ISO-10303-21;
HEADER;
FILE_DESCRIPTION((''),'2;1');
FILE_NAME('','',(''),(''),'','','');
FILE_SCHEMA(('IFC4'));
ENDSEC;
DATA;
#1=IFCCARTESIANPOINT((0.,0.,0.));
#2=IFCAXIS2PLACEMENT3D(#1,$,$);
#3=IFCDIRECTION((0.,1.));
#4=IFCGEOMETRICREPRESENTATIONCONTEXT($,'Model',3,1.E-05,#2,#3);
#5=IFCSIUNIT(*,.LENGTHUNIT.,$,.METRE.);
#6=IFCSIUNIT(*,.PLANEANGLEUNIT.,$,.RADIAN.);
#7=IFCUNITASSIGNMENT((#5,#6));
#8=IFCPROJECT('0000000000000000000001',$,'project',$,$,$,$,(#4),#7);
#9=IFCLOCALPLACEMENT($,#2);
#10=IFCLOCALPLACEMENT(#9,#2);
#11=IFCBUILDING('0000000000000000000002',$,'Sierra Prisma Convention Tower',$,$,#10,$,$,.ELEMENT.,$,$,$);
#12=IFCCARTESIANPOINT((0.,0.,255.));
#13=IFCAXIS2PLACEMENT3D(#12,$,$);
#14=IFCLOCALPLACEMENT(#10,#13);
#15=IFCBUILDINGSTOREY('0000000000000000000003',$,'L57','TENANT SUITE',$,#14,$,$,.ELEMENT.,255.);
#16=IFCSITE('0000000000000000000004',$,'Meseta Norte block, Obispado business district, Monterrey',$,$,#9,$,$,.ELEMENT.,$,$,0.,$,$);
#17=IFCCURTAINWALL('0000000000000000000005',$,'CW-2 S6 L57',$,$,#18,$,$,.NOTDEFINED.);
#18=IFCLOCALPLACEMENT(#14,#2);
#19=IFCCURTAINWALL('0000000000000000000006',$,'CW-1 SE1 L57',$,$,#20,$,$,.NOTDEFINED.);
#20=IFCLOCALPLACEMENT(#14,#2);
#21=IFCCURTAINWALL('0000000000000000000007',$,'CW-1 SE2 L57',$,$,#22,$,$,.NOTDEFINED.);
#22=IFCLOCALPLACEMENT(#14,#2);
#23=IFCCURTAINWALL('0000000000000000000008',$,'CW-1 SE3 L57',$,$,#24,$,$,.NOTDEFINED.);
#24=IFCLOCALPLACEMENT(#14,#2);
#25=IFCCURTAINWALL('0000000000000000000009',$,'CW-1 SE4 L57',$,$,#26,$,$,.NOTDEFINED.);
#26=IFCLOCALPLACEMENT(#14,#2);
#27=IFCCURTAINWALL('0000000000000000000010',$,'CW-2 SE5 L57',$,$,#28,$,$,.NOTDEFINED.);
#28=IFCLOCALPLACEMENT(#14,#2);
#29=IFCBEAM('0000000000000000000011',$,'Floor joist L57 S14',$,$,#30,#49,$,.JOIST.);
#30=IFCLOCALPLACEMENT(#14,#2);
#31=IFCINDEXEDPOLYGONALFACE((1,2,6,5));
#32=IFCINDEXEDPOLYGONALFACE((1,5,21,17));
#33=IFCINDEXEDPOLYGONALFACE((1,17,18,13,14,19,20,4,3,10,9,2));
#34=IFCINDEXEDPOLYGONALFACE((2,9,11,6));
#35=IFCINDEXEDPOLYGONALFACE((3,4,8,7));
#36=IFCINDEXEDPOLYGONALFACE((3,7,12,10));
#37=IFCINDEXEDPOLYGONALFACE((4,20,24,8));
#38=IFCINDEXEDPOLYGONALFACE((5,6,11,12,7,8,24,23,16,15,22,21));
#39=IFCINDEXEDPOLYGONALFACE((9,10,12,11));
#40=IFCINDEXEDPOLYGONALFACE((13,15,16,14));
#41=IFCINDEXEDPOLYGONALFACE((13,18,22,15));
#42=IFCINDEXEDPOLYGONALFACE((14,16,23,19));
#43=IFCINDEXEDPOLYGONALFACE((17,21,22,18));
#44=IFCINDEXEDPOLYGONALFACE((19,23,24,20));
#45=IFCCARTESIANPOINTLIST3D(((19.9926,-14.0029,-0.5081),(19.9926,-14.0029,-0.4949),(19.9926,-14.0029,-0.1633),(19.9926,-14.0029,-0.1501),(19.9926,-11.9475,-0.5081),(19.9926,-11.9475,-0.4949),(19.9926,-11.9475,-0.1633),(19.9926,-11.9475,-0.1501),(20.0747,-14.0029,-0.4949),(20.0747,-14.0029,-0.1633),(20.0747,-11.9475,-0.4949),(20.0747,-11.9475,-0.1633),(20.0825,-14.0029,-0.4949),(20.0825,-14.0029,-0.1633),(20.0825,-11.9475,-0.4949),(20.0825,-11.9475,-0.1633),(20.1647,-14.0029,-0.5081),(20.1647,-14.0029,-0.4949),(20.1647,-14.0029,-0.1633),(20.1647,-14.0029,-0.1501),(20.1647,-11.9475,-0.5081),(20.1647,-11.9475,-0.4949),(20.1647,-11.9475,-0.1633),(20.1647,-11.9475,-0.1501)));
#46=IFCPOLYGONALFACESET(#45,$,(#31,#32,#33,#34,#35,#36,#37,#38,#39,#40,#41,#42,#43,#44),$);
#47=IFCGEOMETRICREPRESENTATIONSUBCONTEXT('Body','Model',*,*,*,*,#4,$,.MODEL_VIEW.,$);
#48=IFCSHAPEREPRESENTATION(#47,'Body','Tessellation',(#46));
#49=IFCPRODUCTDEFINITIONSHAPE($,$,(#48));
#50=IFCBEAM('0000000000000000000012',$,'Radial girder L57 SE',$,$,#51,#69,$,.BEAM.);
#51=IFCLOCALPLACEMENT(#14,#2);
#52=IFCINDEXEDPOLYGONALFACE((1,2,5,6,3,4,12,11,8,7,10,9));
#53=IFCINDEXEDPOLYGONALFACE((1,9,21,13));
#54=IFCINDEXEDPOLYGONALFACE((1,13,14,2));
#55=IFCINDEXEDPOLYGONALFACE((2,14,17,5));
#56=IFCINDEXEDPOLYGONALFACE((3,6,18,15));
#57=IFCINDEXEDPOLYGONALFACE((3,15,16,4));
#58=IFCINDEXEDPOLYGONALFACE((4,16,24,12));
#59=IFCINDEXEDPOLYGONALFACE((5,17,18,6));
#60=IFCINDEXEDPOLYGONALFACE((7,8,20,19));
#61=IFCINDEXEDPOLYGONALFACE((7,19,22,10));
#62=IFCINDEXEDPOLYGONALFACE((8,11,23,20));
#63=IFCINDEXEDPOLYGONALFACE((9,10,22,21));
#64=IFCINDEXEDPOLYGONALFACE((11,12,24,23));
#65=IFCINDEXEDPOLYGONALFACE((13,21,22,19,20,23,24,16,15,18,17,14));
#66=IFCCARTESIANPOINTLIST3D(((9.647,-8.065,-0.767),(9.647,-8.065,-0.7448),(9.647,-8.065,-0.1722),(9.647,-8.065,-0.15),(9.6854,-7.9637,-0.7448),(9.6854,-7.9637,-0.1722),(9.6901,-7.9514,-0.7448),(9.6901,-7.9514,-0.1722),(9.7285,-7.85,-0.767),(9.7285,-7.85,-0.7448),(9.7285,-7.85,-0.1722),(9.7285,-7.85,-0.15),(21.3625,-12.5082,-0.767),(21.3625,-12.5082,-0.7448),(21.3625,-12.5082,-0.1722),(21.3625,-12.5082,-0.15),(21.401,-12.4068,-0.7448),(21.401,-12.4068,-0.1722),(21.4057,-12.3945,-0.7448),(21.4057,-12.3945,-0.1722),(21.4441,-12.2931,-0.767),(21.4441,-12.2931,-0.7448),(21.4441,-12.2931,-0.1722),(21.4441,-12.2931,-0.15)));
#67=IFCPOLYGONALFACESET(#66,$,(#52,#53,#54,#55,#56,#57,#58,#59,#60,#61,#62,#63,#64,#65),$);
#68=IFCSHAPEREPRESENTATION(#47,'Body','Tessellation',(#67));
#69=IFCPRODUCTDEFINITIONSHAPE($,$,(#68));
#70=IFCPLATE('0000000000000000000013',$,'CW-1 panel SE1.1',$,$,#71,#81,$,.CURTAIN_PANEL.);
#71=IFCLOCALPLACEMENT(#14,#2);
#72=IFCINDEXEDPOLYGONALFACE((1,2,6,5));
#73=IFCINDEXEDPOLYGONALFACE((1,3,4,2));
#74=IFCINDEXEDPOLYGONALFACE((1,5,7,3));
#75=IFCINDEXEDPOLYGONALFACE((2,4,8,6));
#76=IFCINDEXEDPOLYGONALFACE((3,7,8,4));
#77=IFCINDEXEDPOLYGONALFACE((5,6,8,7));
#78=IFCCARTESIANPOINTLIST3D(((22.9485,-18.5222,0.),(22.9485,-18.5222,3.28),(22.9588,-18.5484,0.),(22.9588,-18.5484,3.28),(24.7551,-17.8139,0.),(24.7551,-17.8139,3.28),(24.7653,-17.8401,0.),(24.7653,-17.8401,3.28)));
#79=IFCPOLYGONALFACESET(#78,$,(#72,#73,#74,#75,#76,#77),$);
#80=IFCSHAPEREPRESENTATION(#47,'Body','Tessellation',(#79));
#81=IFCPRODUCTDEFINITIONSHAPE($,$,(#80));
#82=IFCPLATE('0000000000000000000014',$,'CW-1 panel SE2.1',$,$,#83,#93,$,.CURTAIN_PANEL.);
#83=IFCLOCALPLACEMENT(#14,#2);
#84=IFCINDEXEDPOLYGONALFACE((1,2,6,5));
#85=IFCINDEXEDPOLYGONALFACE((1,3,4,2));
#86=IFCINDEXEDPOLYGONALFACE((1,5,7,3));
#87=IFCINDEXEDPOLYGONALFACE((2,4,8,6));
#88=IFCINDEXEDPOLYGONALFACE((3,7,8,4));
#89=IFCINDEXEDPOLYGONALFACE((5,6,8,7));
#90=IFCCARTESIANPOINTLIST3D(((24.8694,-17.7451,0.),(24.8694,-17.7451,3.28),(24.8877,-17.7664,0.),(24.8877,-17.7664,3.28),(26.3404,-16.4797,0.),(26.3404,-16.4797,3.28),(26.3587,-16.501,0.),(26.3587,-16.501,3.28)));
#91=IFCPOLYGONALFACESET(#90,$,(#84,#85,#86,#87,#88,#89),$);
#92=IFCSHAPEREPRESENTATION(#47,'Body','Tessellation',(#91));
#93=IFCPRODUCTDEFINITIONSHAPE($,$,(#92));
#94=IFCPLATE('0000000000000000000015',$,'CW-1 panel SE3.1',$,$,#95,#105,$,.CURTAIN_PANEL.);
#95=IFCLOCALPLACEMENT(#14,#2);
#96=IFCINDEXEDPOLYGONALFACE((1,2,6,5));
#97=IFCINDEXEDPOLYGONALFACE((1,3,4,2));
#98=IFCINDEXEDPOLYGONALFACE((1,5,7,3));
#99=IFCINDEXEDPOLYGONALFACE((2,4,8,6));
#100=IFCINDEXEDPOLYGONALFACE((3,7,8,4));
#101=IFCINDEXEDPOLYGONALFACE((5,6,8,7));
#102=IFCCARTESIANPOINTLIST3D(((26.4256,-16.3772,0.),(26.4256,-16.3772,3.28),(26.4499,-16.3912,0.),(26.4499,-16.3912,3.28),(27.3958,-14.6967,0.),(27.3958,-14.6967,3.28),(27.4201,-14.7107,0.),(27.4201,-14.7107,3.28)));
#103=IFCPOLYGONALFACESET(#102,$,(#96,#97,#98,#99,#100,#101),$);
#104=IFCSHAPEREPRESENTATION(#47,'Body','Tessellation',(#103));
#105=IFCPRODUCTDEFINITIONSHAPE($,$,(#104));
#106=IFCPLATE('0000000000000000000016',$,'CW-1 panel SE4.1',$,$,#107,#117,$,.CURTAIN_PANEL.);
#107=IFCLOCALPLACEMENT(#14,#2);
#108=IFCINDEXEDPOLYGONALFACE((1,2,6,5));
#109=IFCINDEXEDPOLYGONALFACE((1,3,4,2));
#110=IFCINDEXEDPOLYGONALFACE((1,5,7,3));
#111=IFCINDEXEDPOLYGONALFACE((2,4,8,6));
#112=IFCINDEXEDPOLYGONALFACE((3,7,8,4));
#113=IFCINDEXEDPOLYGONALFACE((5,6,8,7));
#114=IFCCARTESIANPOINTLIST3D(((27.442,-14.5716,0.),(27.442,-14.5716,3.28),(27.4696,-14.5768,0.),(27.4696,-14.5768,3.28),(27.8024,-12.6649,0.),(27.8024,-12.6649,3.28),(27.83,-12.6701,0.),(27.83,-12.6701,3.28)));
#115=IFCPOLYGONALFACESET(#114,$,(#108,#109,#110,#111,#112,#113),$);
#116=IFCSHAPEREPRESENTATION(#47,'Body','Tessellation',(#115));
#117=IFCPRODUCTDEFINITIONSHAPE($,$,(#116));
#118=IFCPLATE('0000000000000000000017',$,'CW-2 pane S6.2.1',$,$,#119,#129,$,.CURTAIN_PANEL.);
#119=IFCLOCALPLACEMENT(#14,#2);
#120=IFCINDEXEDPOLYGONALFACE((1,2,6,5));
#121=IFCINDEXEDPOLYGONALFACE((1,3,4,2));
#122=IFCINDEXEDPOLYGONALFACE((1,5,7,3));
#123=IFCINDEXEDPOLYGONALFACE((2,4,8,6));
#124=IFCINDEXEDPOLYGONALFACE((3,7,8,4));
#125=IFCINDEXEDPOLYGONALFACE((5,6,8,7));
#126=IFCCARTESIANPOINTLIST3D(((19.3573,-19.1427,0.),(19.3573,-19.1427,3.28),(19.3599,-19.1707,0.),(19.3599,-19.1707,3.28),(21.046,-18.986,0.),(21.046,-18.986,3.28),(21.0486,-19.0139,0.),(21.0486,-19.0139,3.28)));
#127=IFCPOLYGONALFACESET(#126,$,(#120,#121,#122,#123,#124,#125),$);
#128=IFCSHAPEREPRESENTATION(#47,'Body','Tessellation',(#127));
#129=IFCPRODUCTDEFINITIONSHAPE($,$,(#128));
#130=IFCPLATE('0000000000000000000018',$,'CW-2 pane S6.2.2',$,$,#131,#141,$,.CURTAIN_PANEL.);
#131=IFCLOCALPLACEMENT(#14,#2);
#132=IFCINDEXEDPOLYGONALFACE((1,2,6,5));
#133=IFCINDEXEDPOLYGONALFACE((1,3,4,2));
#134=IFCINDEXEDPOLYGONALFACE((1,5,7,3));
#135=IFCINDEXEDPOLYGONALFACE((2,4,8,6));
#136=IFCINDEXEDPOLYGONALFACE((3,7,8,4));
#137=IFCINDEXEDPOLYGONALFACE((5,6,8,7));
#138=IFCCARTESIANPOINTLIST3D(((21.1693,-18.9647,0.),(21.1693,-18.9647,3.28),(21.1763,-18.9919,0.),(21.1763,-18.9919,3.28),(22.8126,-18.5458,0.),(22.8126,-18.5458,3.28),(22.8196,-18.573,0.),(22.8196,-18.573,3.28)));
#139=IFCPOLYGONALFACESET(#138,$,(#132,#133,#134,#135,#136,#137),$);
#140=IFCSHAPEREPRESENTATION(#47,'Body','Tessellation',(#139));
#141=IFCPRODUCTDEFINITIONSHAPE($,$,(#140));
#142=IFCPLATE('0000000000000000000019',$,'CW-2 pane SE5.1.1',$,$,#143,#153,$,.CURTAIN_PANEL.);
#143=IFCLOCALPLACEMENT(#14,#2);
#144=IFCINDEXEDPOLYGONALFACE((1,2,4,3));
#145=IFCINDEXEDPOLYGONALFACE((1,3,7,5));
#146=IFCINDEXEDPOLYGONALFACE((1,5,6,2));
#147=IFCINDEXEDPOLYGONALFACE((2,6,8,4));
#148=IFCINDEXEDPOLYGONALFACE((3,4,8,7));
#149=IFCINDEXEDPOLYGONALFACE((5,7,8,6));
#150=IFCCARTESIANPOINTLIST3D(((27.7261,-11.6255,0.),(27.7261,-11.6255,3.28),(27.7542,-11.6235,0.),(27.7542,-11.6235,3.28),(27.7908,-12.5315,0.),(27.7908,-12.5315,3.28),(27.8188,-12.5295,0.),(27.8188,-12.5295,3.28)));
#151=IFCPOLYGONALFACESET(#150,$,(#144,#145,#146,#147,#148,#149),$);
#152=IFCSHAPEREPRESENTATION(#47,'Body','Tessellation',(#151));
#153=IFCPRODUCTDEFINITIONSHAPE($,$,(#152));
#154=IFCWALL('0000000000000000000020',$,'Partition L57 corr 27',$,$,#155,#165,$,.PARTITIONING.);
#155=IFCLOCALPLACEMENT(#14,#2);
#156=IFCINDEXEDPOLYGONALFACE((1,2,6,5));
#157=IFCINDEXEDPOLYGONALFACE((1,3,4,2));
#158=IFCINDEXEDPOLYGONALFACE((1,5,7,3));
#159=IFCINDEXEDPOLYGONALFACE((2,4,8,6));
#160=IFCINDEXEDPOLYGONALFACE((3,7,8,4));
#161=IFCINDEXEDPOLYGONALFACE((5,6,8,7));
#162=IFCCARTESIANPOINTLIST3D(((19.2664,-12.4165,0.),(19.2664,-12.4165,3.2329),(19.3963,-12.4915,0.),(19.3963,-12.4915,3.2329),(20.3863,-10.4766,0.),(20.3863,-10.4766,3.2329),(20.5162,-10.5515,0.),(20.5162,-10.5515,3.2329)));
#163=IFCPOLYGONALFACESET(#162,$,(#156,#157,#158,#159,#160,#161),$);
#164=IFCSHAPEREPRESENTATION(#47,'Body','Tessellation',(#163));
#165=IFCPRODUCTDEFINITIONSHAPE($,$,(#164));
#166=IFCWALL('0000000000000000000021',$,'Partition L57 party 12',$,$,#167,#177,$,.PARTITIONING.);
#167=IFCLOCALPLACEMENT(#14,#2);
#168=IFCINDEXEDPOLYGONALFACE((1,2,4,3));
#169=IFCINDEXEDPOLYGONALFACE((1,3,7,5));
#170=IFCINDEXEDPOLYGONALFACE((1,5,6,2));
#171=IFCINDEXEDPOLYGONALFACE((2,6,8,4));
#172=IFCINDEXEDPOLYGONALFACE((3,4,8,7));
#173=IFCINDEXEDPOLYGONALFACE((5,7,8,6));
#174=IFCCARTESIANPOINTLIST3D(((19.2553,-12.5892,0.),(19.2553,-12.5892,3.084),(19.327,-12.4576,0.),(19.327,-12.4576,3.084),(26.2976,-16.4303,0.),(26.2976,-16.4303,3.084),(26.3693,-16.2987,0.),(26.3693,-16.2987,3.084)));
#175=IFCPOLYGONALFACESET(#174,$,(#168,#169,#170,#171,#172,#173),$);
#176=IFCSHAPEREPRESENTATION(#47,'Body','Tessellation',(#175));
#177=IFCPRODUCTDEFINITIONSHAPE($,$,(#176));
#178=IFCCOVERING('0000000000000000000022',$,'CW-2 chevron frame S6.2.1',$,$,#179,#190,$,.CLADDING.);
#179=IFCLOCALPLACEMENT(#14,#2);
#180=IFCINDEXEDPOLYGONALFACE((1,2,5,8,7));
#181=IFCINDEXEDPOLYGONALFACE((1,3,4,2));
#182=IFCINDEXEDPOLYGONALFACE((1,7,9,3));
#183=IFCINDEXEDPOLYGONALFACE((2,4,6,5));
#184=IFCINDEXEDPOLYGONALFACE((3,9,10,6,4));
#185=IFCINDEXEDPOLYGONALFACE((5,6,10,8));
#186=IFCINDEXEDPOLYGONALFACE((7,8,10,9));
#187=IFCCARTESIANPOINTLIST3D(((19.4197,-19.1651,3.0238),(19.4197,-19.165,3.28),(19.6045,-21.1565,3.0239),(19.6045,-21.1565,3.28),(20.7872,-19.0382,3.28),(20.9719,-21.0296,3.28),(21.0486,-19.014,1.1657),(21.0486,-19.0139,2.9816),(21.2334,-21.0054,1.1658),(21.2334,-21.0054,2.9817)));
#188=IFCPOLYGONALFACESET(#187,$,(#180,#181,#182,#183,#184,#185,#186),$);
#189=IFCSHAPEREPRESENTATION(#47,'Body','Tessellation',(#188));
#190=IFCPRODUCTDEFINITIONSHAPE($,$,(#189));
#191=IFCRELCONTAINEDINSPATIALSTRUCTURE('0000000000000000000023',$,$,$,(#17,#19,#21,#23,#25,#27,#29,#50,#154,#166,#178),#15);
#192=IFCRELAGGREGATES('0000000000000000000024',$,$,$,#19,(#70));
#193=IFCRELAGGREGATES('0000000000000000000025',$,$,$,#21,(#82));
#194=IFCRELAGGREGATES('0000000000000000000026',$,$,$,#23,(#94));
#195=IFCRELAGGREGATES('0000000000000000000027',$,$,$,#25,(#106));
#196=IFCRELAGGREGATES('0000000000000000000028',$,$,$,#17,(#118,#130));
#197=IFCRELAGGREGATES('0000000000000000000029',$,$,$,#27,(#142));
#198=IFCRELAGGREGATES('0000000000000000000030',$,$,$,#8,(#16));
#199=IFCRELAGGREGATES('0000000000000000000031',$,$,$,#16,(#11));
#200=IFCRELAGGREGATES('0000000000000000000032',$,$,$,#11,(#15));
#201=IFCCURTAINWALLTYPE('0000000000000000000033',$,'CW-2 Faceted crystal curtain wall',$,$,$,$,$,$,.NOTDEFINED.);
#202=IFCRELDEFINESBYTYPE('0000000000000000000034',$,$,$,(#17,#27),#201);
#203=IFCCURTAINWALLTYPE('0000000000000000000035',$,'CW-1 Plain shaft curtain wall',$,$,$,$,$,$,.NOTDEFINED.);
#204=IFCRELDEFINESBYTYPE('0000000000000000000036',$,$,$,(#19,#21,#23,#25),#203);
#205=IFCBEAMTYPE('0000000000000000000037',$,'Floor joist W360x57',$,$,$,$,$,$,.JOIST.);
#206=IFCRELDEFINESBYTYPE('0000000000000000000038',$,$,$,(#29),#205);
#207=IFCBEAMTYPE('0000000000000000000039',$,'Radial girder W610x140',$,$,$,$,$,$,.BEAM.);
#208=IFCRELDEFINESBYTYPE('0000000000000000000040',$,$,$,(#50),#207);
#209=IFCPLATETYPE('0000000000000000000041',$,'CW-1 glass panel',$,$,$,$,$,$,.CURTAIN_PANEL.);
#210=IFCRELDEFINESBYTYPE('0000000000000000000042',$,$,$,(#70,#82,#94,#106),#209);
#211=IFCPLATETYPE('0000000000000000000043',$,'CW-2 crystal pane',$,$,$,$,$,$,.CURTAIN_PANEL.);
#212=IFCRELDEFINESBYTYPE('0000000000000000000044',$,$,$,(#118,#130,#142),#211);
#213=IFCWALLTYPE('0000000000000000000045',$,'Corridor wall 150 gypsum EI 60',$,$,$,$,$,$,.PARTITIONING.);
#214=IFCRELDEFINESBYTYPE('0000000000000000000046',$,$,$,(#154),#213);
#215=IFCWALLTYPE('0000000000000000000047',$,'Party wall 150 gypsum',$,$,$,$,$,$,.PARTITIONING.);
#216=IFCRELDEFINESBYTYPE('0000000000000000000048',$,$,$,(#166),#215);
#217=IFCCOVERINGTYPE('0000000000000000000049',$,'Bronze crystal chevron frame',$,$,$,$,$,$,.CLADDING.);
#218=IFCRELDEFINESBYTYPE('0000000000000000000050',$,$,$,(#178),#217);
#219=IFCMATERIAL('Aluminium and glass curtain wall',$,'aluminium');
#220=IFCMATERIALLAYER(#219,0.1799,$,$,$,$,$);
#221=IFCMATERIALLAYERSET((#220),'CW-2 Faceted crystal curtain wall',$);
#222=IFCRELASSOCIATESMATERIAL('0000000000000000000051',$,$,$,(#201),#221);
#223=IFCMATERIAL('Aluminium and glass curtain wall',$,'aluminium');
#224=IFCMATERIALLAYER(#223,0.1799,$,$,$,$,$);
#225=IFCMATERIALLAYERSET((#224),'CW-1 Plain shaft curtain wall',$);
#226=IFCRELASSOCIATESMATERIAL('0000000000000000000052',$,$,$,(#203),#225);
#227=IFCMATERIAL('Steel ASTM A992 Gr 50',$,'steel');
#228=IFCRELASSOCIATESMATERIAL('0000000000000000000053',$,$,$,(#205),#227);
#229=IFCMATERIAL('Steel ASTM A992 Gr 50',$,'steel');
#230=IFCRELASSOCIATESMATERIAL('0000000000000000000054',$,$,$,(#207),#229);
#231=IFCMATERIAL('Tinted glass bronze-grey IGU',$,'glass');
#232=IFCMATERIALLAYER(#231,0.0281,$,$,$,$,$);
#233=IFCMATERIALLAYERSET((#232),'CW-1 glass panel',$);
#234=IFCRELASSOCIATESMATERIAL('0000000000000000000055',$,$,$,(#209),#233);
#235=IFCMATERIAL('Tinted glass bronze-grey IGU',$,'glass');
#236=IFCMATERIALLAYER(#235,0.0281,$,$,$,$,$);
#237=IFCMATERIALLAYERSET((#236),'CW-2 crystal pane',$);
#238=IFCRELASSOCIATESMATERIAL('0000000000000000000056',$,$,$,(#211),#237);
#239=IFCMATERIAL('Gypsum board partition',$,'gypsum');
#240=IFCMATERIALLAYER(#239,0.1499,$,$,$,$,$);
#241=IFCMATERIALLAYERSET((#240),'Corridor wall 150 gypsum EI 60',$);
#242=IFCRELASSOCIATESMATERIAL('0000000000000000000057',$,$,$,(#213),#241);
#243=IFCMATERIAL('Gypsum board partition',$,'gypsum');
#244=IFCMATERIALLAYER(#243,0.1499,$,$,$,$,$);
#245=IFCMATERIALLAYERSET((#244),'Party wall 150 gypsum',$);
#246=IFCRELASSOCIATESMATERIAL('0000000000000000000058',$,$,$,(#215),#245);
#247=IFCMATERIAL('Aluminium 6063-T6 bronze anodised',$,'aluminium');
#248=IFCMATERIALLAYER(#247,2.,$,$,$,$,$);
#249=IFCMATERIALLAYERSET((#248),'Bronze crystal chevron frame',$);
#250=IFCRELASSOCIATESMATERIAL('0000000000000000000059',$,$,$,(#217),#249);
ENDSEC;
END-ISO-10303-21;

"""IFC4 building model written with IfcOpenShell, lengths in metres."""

from ifc_helpers import new_model, si_unit, direction, frame, frame_2d, origin, origin_2d, place, context, subcontext, project, spatial, polyline, rectangle, i_section, outline, extrude, material, layer, layer_set, material_profile, profile_set, type_object, element, aggregate, save


model = new_model("IFC4")

# Units and contexts
model_context = context("Model", 3, precision=1e-05, world=origin(), true_north=direction((0.0, 1.0)))
body_context = subcontext(model_context, "Body", "Model", "MODEL_VIEW")
ifc_project = project(units=[si_unit("LENGTHUNIT", "METRE"), si_unit("PLANEANGLEUNIT", "RADIAN")], contexts=[model_context])

# Site, building, storey
site_placement = place(None, origin())
site = spatial("IfcSite", under=ifc_project, at=site_placement, Name="Meseta Norte block, Obispado business district, Monterrey", CompositionType="ELEMENT", RefElevation=0.0)
building_placement = place(site_placement, origin())
building = spatial("IfcBuilding", under=site, at=building_placement, Name="Sierra Prisma Convention Tower", CompositionType="ELEMENT")
storey_placement = place(building_placement, frame((0.0, 0.0, 255.0)))
storey = spatial("IfcBuildingStorey", under=building, at=storey_placement, Name="L57", Description="TENANT SUITE", CompositionType="ELEMENT", Elevation=255.0)

# Curtain wall
ifc_material_1 = material(Name="Aluminium and glass curtain wall", Category="aluminium")
ifc_layer_1 = layer(ifc_material_1, 0.1799)
ifc_layer_set_1 = layer_set([ifc_layer_1], Name="CW-2 Faceted crystal curtain wall")
curtain_wall_type_1 = type_object("IfcCurtainWallType", Name="CW-2 Faceted crystal curtain wall", PredefinedType="NOTDEFINED", material=ifc_layer_set_1)
curtain_wall_1_placement = place(storey_placement, origin())
curtain_wall_1 = element("IfcCurtainWall", 1, at=curtain_wall_1_placement, inside=storey, type_object=curtain_wall_type_1, Name="CW-2 S6 L57", PredefinedType="NOTDEFINED")

# Curtain walls
ifc_material_2 = material(Name="Aluminium and glass curtain wall", Category="aluminium")
ifc_layer_2 = layer(ifc_material_2, 0.1799)
ifc_layer_set_2 = layer_set([ifc_layer_2], Name="CW-1 Plain shaft curtain wall")
curtain_wall_type_2 = type_object("IfcCurtainWallType", Name="CW-1 Plain shaft curtain wall", PredefinedType="NOTDEFINED", material=ifc_layer_set_2)
curtain_wall_2_placement = place(storey_placement, origin())
curtain_wall_2 = element("IfcCurtainWall", 2, at=curtain_wall_2_placement, inside=storey, type_object=curtain_wall_type_2, Name="CW-1 SE1 L57", PredefinedType="NOTDEFINED")
curtain_wall_3_placement = place(storey_placement, origin())
curtain_wall_3 = element("IfcCurtainWall", 3, at=curtain_wall_3_placement, inside=storey, type_object=curtain_wall_type_2, Name="CW-1 SE2 L57", PredefinedType="NOTDEFINED")
curtain_wall_4_placement = place(storey_placement, origin())
curtain_wall_4 = element("IfcCurtainWall", 4, at=curtain_wall_4_placement, inside=storey, type_object=curtain_wall_type_2, Name="CW-1 SE3 L57", PredefinedType="NOTDEFINED")
curtain_wall_5_placement = place(storey_placement, origin())
curtain_wall_5 = element("IfcCurtainWall", 5, at=curtain_wall_5_placement, inside=storey, type_object=curtain_wall_type_2, Name="CW-1 SE4 L57", PredefinedType="NOTDEFINED")
curtain_wall_6_placement = place(storey_placement, origin())
curtain_wall_6 = element("IfcCurtainWall", 6, at=curtain_wall_6_placement, inside=storey, type_object=curtain_wall_type_1, Name="CW-2 SE5 L57", PredefinedType="NOTDEFINED")

# Beams
ifc_material_3 = material(Name="Steel ASTM A992 Gr 50", Category="steel")
ifc_material_profile_1 = material_profile(ifc_material_3, i_section(OverallWidth=0.1721, OverallDepth=0.3579, WebThickness=0.0078, FlangeThickness=0.0132, at=origin_2d()), Name="W360x57")
ifc_profile_set_1 = profile_set([ifc_material_profile_1], Name="Steel ASTM A992 Gr 50")
beam_type_1 = type_object("IfcBeamType", Name="Floor joist W360x57", PredefinedType="JOIST", material=ifc_profile_set_1)
beam_1_placement = place(storey_placement, frame((20.0786, -14.0029, -0.3291), z_axis=(0.0, 1.0, 0.0), x_axis=(-1.0, 0.0, 0.0)))
element("IfcBeam", 7, at=beam_1_placement, inside=storey, type_object=beam_type_1, Name="Floor joist L57 S14", PredefinedType="JOIST", context=body_context, shape_type="SweptSolid", body=[
    extrude(i_section(OverallWidth=0.1721, OverallDepth=0.3579, WebThickness=0.0078, FlangeThickness=0.0132, at=origin_2d()), origin(), (0.0, 0.0, 1.0), 2.0554),
])
ifc_material_4 = material(Name="Steel ASTM A992 Gr 50", Category="steel")
ifc_material_profile_2 = material_profile(ifc_material_4, i_section(OverallWidth=0.23, OverallDepth=0.6169, WebThickness=0.0132, FlangeThickness=0.0222, at=origin_2d()), Name="W610x140")
ifc_profile_set_2 = profile_set([ifc_material_profile_2], Name="Steel ASTM A992 Gr 50")
beam_type_2 = type_object("IfcBeamType", Name="Radial girder W610x140", PredefinedType="BEAM", material=ifc_profile_set_2)
beam_2_placement = place(storey_placement, frame((21.4033, -12.4006, -0.4585), z_axis=(-0.935017, 0.354604, 0.0), x_axis=(-0.354604, -0.935017, 0.0)))
element("IfcBeam", 8, at=beam_2_placement, inside=storey, type_object=beam_type_2, Name="Radial girder L57 SE", PredefinedType="BEAM", context=body_context, shape_type="SweptSolid", body=[
    extrude(i_section(OverallWidth=0.23, OverallDepth=0.6169, WebThickness=0.0132, FlangeThickness=0.0222, at=origin_2d()), origin(), (0.0, 0.0, 1.0), 12.5298),
])

# Plates
ifc_material_5 = material(Name="Tinted glass bronze-grey IGU", Category="glass")
ifc_layer_3 = layer(ifc_material_5, 0.0281)
ifc_layer_set_3 = layer_set([ifc_layer_3], Name="CW-1 glass panel")
plate_type_1 = type_object("IfcPlateType", Name="CW-1 glass panel", PredefinedType="CURTAIN_PANEL", material=ifc_layer_set_3)
plate_1_placement = place(storey_placement, frame((23.8569, -18.1812, 0.0), z_axis=(0.0, 0.0, 1.0), x_axis=(0.930996, 0.36503, 0.0)))
plate_1 = element("IfcPlate", 9, at=plate_1_placement, type_object=plate_type_1, Name="CW-1 panel SE1.1", PredefinedType="CURTAIN_PANEL", context=body_context, shape_type="SweptSolid", body=[
    extrude(rectangle(XDim=1.9404, YDim=0.0281, at=origin_2d()), origin(), (0.0, 0.0, 1.0), 3.28),
])
aggregate(curtain_wall_2, [plate_1])
plate_2_placement = place(storey_placement, frame((25.614, -17.123, 0.0), z_axis=(0.0, 0.0, 1.0), x_axis=(0.758081, 0.652161, 0.0)))
plate_2 = element("IfcPlate", 10, at=plate_2_placement, type_object=plate_type_1, Name="CW-1 panel SE2.1", PredefinedType="CURTAIN_PANEL", context=body_context, shape_type="SweptSolid", body=[
    extrude(rectangle(XDim=1.9404, YDim=0.0281, at=origin_2d()), origin(), (0.0, 0.0, 1.0), 3.28),
])
aggregate(curtain_wall_3, [plate_2])
plate_3_placement = place(storey_placement, frame((26.9229, -15.5439, 0.0), z_axis=(0.0, 0.0, 1.0), x_axis=(0.5, 0.866025, 0.0)))
plate_3 = element("IfcPlate", 11, at=plate_3_placement, type_object=plate_type_1, Name="CW-1 panel SE3.1", PredefinedType="CURTAIN_PANEL", context=body_context, shape_type="SweptSolid", body=[
    extrude(rectangle(XDim=1.9404, YDim=0.0281, at=origin_2d()), origin(), (0.0, 0.0, 1.0), 3.28),
])
aggregate(curtain_wall_4, [plate_3])
plate_4_placement = place(storey_placement, frame((27.636, -13.6208, 0.0), z_axis=(0.0, 0.0, 1.0), x_axis=(0.185747, 0.982598, 0.0)))
plate_4 = element("IfcPlate", 12, at=plate_4_placement, type_object=plate_type_1, Name="CW-1 panel SE4.1", PredefinedType="CURTAIN_PANEL", context=body_context, shape_type="SweptSolid", body=[
    extrude(rectangle(XDim=1.9404, YDim=0.0281, at=origin_2d()), origin(), (0.0, 0.0, 1.0), 3.28),
])
aggregate(curtain_wall_5, [plate_4])
ifc_material_6 = material(Name="Tinted glass bronze-grey IGU", Category="glass")
ifc_layer_4 = layer(ifc_material_6, 0.0281)
ifc_layer_set_4 = layer_set([ifc_layer_4], Name="CW-2 crystal pane")
plate_type_2 = type_object("IfcPlateType", Name="CW-2 crystal pane", PredefinedType="CURTAIN_PANEL", material=ifc_layer_set_4)
plate_5_placement = place(storey_placement, frame((19.3599, -19.1707, 0.0), z_axis=(0.092418, -0.99572, 0.0), x_axis=(0.99572, 0.092418, 0.0)))
plate_5 = element("IfcPlate", 13, at=plate_5_placement, type_object=plate_type_2, Name="CW-2 pane S6.2.1", PredefinedType="CURTAIN_PANEL", context=body_context, shape_type="SweptSolid", body=[
    extrude(outline(polyline([(0.0, 0.0), (1.696, 0.0), (1.696, 3.28), (0.0, 3.28), (0.0, 0.0)])), origin(), (0.0, 0.0, -1.0), 0.0281),
])
plate_6_placement = place(storey_placement, frame((22.8196, -18.573, 0.0), z_axis=(0.247038, -0.969006, 0.0), x_axis=(-0.969006, -0.247038, 0.0)))
plate_6 = element("IfcPlate", 14, at=plate_6_placement, type_object=plate_type_2, Name="CW-2 pane S6.2.2", PredefinedType="CURTAIN_PANEL", context=body_context, shape_type="SweptSolid", body=[
    extrude(outline(polyline([(0.0, 0.0), (1.6959, 0.0), (1.6959, -3.28), (0.0, -3.28), (0.0, 0.0)])), origin(), (0.0, 0.0, -1.0), 0.0281),
])
aggregate(curtain_wall_1, [plate_5, plate_6])
plate_7_placement = place(storey_placement, frame((27.8188, -12.5295, 0.0), z_axis=(0.99746, 0.071228, 0.0), x_axis=(-0.071228, 0.99746, 0.0)))
plate_7 = element("IfcPlate", 15, at=plate_7_placement, type_object=plate_type_2, Name="CW-2 pane SE5.1.1", PredefinedType="CURTAIN_PANEL", context=body_context, shape_type="SweptSolid", body=[
    extrude(outline(polyline([(0.0, 0.0), (0.9083, 0.0), (0.9083, 3.28), (0.0, 3.28), (0.0, 0.0)])), origin(), (0.0, 0.0, -1.0), 0.0281),
])
aggregate(curtain_wall_6, [plate_7])

# Walls
ifc_material_7 = material(Name="Gypsum board partition", Category="gypsum")
ifc_layer_5 = layer(ifc_material_7, 0.1499)
ifc_layer_set_5 = layer_set([ifc_layer_5], Name="Corridor wall 150 gypsum EI 60")
wall_type_1 = type_object("IfcWallType", Name="Corridor wall 150 gypsum EI 60", PredefinedType="PARTITIONING", material=ifc_layer_set_5)
wall_1_placement = place(storey_placement, frame((19.3313, -12.4541, 0.0), z_axis=(0.0, 0.0, 1.0), x_axis=(0.499949, 0.866055, 0.0)))
element("IfcWall", 16, at=wall_1_placement, inside=storey, type_object=wall_type_1, Name="Partition L57 corr 27", PredefinedType="PARTITIONING", context=body_context, shape_type="SweptSolid", body=[
    extrude(rectangle(XDim=2.24, YDim=0.1499, at=frame_2d((1.1201, 0.0))), origin(), (0.0, 0.0, 1.0), 3.2329),
])
ifc_material_8 = material(Name="Gypsum board partition", Category="gypsum")
ifc_layer_6 = layer(ifc_material_8, 0.1499)
ifc_layer_set_6 = layer_set([ifc_layer_6], Name="Party wall 150 gypsum")
wall_type_2 = type_object("IfcWallType", Name="Party wall 150 gypsum", PredefinedType="PARTITIONING", material=ifc_layer_set_6)
wall_2_placement = place(storey_placement, frame((19.2913, -12.5234, 0.0), z_axis=(0.0, 0.0, 1.0), x_axis=(0.877904, -0.478837, 0.0)))
element("IfcWall", 17, at=wall_2_placement, inside=storey, type_object=wall_type_2, Name="Partition L57 party 12", PredefinedType="PARTITIONING", context=body_context, shape_type="SweptSolid", body=[
    extrude(rectangle(XDim=8.0217, YDim=0.1499, at=frame_2d((4.0107, 0.0))), origin(), (0.0, 0.0, 1.0), 3.084),
])

# Covering
ifc_material_9 = material(Name="Aluminium 6063-T6 bronze anodised", Category="aluminium")
ifc_layer_7 = layer(ifc_material_9, 2.0)
ifc_layer_set_7 = layer_set([ifc_layer_7], Name="Bronze crystal chevron frame")
covering_type = type_object("IfcCoveringType", Name="Bronze crystal chevron frame", PredefinedType="CLADDING", material=ifc_layer_set_7)
covering_1_placement = place(storey_placement, frame((19.6045, -21.1565, 3.28), z_axis=(0.092386, -0.995723, 0.000038), x_axis=(0.000004, -0.000038, -1.0)))
element("IfcCovering", 18, at=covering_1_placement, inside=storey, type_object=covering_type, Name="CW-2 chevron frame S6.2.1", PredefinedType="CLADDING", context=body_context, shape_type="SweptSolid", body=[
    extrude(outline(polyline([(0.0, 0.0), (0.2561, 0.0), (2.1143, 1.6359), (0.2983, 1.6359), (0.0, 1.3733), (0.0, 0.0)])), origin(), (0.0, 0.0, -1.0), 2.0),
])

save(model, "model.ifc")
